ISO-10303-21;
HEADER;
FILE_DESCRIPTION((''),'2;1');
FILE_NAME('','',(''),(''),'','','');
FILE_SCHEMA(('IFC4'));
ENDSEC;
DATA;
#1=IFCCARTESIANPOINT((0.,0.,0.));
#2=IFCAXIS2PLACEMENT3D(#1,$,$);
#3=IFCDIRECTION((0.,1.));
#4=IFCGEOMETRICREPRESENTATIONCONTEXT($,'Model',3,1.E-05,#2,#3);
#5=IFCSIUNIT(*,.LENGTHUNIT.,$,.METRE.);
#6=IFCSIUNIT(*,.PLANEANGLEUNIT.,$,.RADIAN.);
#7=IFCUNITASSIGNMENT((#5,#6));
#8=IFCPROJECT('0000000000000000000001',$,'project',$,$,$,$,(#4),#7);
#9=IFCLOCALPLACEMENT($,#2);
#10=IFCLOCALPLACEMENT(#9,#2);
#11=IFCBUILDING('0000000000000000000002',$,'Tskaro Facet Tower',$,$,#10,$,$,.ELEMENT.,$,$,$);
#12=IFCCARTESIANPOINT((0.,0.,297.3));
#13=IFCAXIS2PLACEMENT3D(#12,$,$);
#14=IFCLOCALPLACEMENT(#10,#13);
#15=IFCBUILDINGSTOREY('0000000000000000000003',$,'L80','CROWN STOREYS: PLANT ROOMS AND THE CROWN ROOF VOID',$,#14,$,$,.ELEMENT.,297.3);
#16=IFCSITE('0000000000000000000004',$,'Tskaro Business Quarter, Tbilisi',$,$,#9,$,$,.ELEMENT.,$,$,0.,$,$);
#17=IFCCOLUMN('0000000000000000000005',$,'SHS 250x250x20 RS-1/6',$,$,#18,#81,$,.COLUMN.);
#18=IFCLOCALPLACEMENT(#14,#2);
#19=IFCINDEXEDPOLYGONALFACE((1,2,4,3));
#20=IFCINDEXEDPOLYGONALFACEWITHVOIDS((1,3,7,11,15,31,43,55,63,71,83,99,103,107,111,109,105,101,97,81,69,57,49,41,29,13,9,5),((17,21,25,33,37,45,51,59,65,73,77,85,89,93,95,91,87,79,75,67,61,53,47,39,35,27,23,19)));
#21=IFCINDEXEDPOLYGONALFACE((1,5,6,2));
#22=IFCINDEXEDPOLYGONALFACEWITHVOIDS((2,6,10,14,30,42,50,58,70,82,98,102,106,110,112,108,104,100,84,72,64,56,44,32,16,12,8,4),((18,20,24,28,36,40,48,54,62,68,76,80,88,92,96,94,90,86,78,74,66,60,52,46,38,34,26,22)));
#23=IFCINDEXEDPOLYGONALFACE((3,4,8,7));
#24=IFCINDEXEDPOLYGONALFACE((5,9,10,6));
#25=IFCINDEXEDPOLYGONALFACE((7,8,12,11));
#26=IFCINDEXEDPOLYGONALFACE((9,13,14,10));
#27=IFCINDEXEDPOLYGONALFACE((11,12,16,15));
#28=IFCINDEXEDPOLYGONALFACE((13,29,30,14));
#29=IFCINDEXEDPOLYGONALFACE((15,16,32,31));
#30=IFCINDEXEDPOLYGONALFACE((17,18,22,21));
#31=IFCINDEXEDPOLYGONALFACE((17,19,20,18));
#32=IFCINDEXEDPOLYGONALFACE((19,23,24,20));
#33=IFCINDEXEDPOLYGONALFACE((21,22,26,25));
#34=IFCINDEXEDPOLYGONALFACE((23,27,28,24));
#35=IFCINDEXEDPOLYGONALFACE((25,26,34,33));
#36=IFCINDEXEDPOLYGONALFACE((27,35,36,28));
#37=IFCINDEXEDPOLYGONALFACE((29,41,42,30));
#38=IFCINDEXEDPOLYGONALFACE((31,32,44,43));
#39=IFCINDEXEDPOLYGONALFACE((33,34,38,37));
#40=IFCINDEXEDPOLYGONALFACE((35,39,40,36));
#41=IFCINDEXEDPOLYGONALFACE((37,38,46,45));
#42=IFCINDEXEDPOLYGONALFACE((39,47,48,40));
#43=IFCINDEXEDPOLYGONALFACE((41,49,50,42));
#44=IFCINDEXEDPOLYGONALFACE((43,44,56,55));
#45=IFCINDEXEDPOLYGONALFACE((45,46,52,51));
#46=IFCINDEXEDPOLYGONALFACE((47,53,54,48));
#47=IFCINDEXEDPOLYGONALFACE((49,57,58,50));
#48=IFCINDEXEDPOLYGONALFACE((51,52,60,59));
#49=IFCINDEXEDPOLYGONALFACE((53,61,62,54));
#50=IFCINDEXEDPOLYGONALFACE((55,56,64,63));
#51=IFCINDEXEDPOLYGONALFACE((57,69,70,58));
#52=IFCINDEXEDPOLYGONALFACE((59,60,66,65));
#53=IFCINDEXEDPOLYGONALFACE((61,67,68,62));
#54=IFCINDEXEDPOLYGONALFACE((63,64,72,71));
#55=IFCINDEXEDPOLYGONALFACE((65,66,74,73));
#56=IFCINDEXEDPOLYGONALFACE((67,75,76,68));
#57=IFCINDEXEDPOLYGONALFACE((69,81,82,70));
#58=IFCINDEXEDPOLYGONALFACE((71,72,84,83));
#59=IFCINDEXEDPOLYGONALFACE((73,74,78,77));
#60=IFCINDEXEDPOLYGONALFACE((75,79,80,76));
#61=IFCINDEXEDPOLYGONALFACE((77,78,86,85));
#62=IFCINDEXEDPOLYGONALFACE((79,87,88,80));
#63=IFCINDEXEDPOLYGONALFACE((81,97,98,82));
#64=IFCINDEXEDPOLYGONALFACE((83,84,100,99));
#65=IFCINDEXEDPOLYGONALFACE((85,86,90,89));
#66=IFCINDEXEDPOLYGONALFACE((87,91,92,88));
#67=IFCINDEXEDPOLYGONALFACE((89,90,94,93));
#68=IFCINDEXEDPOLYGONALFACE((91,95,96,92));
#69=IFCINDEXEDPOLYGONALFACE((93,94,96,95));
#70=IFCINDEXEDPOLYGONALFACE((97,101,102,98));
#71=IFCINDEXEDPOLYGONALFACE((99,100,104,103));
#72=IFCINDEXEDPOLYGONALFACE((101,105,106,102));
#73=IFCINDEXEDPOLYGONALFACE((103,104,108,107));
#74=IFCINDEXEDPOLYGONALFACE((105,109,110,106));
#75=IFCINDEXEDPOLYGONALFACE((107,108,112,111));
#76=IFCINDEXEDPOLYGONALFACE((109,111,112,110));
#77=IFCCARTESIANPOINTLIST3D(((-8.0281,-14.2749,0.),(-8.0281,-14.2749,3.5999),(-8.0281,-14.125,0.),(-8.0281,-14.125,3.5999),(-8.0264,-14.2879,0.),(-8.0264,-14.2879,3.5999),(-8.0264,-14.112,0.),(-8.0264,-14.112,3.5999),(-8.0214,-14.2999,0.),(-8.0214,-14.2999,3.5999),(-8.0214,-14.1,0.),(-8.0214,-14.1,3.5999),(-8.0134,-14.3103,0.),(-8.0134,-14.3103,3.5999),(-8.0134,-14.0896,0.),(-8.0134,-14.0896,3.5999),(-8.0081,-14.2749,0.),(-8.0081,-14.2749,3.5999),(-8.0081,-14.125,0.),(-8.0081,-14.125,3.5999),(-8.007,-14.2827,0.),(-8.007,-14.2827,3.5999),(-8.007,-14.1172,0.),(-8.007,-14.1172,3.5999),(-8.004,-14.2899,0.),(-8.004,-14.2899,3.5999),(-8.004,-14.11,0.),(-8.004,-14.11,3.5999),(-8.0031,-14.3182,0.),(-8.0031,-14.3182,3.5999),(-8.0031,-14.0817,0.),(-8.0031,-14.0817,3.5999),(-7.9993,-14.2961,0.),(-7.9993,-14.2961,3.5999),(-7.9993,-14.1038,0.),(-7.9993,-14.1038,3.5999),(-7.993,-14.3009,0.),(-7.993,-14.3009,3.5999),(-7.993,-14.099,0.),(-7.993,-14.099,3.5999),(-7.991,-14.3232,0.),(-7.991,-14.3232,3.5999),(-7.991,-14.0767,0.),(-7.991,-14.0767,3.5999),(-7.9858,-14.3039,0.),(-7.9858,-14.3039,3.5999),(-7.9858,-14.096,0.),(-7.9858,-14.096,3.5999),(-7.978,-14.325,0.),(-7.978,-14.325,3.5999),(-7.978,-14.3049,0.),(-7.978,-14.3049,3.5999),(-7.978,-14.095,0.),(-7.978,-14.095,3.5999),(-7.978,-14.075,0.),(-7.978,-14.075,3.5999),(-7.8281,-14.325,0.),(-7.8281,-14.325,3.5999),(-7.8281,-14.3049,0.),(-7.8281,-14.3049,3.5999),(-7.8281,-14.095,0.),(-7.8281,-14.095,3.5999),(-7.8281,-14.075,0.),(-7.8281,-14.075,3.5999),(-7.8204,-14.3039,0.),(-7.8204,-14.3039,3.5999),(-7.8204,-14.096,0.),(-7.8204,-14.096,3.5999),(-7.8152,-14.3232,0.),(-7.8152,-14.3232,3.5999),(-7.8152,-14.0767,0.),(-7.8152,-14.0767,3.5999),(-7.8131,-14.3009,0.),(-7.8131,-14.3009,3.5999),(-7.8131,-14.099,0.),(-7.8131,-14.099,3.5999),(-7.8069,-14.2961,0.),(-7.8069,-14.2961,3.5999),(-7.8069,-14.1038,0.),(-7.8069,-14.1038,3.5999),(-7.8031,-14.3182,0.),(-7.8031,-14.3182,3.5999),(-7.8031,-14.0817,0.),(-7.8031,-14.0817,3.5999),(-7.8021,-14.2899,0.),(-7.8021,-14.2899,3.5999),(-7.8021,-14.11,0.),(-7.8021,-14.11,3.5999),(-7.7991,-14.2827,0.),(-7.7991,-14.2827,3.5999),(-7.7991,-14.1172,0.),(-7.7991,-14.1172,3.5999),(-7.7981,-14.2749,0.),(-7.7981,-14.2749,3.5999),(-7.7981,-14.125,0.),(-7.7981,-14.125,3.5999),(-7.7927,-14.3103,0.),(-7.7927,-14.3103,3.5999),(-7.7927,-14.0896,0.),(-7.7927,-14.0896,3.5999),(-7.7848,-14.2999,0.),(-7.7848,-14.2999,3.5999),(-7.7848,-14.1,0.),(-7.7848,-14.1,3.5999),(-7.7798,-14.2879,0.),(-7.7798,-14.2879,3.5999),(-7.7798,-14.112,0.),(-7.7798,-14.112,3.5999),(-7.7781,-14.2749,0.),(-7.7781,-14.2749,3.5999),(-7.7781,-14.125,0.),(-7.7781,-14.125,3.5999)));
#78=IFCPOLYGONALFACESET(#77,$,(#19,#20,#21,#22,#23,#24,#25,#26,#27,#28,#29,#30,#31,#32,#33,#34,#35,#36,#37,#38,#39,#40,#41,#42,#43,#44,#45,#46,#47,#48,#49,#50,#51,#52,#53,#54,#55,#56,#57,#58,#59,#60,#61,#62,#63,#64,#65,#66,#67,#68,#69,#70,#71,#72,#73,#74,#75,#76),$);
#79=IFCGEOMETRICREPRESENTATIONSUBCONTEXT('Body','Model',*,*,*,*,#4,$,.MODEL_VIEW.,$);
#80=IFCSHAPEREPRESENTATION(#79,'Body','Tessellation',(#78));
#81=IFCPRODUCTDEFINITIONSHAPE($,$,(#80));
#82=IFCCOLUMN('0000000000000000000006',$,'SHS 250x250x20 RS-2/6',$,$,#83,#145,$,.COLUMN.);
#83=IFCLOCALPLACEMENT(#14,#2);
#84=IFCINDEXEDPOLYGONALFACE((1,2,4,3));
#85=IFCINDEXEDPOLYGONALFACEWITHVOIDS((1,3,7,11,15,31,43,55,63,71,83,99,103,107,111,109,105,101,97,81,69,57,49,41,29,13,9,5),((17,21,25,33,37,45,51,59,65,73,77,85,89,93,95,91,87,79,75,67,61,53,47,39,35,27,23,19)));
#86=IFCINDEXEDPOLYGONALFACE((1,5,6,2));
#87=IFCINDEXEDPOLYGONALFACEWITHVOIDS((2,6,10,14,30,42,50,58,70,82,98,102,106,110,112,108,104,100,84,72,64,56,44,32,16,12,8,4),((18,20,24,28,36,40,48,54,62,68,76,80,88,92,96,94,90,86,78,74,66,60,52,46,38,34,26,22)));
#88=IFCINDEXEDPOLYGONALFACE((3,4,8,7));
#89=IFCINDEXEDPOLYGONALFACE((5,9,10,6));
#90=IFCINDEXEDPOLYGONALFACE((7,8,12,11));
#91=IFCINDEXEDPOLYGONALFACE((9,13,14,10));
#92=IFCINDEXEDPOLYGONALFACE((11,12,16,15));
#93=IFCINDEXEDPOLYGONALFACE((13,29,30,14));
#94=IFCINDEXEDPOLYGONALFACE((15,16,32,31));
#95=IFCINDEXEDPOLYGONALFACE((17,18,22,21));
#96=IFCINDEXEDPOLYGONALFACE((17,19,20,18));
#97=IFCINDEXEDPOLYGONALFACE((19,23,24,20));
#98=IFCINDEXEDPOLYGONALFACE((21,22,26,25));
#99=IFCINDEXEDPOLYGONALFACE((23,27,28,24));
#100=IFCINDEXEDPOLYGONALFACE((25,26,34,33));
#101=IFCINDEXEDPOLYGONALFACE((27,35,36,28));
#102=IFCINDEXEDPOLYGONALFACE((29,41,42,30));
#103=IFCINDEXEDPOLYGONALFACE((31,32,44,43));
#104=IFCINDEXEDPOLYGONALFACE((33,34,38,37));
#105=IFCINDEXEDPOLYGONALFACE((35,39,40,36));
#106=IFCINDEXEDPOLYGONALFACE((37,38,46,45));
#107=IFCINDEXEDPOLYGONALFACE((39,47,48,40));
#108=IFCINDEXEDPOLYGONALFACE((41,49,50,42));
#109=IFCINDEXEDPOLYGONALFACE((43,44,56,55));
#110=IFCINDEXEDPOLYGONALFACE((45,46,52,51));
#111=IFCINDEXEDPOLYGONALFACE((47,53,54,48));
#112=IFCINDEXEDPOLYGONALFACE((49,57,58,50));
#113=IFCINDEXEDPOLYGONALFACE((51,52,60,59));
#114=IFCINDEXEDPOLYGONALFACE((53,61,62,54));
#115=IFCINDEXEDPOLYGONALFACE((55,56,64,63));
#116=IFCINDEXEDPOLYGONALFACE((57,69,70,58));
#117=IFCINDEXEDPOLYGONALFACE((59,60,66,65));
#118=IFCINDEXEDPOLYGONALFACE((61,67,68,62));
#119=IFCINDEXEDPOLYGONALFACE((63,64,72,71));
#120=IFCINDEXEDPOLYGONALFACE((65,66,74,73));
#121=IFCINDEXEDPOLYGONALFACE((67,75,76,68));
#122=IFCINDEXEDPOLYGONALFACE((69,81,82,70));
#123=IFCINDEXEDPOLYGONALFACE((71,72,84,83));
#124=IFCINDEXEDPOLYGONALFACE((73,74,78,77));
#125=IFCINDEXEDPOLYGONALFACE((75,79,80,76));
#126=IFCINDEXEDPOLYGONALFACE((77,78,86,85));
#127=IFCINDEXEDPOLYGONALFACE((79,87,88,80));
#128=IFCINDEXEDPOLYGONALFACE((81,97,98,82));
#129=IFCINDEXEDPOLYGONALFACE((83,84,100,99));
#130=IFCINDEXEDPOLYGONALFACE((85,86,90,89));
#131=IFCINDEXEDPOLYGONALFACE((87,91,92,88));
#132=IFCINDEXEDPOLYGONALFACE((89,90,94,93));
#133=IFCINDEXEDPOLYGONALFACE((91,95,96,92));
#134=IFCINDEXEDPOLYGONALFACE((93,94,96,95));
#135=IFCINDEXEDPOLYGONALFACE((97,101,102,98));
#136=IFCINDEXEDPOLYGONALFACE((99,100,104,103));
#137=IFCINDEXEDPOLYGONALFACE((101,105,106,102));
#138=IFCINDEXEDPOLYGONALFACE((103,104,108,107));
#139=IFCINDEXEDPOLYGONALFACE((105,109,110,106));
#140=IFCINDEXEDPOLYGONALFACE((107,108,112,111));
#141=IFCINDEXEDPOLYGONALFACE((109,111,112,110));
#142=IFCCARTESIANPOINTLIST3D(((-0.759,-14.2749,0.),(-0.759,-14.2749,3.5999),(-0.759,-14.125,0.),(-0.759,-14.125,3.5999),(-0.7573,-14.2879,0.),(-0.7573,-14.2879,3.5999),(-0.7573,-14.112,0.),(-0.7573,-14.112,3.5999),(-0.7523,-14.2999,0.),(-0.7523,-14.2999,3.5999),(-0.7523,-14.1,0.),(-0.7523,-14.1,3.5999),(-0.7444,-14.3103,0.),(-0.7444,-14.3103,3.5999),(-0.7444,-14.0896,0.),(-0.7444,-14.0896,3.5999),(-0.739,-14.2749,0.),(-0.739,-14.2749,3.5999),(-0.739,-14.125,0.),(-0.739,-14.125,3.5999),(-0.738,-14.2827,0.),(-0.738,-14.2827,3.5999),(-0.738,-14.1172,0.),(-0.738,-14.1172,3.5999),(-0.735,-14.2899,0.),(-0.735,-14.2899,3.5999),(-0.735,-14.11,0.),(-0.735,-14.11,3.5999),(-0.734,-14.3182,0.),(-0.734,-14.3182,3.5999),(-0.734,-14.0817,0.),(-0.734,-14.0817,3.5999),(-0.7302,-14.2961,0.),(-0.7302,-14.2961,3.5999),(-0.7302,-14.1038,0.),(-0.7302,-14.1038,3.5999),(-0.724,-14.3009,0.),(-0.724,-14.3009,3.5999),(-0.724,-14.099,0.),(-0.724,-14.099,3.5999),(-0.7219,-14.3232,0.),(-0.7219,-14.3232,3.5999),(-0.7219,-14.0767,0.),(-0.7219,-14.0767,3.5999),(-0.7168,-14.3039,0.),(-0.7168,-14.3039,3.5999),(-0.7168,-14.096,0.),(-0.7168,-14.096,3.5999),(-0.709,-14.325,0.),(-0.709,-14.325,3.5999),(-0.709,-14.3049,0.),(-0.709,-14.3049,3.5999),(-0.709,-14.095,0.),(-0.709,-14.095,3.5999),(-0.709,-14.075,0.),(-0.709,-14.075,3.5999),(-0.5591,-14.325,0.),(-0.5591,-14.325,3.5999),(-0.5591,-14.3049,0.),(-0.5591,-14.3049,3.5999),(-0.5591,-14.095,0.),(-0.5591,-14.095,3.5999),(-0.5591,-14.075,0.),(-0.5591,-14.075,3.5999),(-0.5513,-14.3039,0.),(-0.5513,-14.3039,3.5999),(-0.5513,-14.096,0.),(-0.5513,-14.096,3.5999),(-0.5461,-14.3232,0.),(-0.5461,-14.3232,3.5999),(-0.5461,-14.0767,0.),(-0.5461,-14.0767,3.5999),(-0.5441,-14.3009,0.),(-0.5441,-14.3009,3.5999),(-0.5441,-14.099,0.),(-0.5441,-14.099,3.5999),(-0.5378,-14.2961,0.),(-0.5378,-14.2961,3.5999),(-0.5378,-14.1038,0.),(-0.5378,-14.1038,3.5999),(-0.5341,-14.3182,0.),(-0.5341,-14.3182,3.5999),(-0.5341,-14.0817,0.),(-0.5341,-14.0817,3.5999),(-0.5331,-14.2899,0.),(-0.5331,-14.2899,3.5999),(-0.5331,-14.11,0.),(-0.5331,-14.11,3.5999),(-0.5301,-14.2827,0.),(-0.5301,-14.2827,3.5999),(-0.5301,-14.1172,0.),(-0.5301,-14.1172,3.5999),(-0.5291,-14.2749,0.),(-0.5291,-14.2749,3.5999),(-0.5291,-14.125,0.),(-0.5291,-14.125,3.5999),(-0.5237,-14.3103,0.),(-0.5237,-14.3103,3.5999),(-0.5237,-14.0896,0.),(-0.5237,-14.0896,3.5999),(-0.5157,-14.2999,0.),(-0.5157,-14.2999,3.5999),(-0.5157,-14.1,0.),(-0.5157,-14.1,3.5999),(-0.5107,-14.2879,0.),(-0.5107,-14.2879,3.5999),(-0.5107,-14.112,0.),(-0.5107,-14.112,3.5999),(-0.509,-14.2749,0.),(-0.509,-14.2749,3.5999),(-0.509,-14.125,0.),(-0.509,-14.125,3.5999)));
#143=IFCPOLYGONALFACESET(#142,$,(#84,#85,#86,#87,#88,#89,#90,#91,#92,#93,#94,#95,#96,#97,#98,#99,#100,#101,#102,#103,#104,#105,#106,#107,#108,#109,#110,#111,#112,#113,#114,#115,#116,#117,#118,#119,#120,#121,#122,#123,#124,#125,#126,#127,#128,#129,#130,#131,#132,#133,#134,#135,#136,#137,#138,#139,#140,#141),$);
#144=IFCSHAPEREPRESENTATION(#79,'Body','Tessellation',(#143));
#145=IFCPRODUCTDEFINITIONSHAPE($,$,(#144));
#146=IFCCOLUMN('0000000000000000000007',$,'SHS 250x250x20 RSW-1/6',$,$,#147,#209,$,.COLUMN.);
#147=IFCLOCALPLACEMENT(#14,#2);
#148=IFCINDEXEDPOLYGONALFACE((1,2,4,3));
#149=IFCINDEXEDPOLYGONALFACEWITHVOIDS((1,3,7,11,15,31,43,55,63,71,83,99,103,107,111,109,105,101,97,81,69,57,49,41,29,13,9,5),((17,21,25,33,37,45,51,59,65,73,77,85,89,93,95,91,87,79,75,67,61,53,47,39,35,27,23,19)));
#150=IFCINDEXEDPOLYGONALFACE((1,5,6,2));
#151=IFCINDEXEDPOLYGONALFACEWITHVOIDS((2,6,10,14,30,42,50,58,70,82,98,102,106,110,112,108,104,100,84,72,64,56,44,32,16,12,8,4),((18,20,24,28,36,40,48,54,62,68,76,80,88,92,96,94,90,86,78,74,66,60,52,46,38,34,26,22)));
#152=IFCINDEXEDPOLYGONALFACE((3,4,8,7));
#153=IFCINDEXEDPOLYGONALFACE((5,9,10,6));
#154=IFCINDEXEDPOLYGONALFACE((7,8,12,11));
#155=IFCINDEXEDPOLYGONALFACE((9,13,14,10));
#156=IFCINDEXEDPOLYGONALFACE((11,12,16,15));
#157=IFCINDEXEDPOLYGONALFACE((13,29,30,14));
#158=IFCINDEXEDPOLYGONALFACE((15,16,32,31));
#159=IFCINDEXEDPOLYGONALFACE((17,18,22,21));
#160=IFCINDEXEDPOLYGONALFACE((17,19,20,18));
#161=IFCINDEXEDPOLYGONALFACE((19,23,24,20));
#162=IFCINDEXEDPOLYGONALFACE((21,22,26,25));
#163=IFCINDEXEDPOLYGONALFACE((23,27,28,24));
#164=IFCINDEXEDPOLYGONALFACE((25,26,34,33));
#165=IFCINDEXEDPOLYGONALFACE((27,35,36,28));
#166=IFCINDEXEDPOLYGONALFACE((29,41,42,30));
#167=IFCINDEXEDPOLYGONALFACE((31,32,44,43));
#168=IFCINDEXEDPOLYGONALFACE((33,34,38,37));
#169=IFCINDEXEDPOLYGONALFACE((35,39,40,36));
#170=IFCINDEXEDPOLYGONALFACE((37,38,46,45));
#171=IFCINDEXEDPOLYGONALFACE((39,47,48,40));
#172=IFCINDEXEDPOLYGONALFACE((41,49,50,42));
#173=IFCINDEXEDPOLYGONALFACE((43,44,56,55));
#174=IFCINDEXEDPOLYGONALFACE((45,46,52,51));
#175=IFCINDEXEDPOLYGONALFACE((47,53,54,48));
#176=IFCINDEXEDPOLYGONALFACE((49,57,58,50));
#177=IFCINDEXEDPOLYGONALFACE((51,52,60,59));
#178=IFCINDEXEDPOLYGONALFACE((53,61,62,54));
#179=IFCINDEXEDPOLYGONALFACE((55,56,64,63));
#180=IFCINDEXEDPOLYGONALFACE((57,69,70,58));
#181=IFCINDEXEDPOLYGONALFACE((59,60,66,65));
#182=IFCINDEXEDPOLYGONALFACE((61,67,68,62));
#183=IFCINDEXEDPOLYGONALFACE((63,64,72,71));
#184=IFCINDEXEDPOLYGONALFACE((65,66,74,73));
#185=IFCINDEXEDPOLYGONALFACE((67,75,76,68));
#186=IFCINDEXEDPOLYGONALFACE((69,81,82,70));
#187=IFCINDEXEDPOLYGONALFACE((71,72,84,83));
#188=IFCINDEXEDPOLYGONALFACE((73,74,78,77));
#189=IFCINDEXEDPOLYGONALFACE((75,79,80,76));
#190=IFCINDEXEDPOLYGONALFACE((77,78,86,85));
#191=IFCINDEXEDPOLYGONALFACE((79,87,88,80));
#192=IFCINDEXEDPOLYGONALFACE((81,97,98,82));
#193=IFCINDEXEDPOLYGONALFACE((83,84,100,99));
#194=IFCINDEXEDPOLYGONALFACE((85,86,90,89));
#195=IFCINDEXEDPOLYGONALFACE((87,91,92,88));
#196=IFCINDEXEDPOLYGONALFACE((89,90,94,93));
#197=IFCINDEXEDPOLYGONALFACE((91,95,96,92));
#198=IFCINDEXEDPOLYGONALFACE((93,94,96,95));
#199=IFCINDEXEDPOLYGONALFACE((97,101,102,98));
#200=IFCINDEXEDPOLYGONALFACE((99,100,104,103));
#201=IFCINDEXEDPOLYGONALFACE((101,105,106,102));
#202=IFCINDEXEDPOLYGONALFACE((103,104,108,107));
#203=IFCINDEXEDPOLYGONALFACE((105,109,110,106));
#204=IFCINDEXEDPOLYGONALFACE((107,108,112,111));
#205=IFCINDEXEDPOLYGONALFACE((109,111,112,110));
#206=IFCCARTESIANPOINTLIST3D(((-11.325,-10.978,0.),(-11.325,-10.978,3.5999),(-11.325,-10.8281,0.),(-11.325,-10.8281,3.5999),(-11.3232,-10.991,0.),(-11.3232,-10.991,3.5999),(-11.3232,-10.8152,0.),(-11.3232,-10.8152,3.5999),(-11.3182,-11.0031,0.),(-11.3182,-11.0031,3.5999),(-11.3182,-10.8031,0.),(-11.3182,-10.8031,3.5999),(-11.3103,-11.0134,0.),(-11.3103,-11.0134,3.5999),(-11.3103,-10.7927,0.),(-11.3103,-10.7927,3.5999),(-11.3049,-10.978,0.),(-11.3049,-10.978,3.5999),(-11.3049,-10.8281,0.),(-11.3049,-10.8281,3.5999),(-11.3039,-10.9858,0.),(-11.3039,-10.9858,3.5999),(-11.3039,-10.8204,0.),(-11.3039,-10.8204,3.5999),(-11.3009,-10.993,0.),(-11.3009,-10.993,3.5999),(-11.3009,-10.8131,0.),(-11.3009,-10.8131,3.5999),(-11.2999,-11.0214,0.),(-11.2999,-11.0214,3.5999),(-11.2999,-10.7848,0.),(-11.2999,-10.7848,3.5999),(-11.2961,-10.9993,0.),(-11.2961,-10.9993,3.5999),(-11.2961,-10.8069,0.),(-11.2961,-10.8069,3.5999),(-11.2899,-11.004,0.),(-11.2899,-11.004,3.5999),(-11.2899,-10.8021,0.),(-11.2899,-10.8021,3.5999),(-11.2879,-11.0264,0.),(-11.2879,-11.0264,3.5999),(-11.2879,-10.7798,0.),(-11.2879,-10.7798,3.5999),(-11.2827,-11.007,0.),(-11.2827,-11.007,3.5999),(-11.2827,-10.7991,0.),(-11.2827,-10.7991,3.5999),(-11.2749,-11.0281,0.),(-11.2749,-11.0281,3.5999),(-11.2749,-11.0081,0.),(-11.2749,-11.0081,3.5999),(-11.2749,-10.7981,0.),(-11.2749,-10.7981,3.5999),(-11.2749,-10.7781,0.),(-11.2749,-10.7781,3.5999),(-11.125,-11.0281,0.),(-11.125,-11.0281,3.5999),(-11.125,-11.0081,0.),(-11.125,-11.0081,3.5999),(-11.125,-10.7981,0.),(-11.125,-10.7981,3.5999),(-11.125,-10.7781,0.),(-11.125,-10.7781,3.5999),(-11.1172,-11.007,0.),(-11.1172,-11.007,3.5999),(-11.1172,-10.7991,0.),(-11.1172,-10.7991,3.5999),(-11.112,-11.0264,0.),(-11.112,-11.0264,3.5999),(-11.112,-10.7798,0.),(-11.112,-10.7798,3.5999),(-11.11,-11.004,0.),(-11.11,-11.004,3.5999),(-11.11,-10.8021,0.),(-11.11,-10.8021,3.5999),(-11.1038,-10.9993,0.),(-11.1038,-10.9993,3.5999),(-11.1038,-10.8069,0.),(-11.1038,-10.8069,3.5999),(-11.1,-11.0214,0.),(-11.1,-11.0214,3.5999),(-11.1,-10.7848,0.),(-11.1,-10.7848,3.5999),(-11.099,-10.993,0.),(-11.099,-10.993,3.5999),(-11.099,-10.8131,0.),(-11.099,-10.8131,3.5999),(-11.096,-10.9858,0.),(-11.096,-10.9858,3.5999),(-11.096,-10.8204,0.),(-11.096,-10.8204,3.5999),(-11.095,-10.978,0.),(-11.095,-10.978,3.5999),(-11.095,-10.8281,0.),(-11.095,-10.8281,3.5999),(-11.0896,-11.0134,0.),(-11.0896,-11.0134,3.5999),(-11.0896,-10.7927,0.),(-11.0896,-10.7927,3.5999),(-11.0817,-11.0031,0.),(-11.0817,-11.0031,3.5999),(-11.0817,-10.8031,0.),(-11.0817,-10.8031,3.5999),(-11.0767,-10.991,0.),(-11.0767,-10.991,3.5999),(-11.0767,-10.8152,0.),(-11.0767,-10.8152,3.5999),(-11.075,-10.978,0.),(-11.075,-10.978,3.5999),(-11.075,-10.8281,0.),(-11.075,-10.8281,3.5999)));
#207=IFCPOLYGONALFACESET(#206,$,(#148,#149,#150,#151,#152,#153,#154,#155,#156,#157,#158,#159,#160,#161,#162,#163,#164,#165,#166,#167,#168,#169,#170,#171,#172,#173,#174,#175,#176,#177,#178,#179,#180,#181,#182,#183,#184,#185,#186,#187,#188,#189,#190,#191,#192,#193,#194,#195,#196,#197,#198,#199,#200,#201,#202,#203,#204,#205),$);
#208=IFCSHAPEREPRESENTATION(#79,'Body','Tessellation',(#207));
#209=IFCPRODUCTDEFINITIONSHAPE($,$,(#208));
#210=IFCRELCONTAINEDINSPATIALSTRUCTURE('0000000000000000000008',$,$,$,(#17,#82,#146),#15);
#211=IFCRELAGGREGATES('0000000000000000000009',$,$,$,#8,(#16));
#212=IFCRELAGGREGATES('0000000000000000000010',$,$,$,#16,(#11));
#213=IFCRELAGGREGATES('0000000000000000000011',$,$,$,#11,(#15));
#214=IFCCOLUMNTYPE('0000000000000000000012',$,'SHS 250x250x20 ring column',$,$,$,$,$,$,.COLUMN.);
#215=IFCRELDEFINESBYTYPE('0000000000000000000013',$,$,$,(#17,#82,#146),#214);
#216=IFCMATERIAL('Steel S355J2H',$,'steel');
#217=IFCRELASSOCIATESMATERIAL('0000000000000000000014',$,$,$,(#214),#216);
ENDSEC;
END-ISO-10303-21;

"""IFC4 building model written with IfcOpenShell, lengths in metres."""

from ifc_helpers import new_model, si_unit, direction, frame, origin, origin_2d, place, context, subcontext, project, spatial, hollow_rectangle, extrude, material, material_profile, profile_set, type_object, element, save


model = new_model("IFC4")

# Units and contexts
model_context = context("Model", 3, precision=1e-05, world=origin(), true_north=direction((0.0, 1.0)))
body_context = subcontext(model_context, "Body", "Model", "MODEL_VIEW")
ifc_project = project(units=[si_unit("LENGTHUNIT", "METRE"), si_unit("PLANEANGLEUNIT", "RADIAN")], contexts=[model_context])

# Site, building, storey
site_placement = place(None, origin())
site = spatial("IfcSite", under=ifc_project, at=site_placement, Name="Tskaro Business Quarter, Tbilisi", CompositionType="ELEMENT", RefElevation=0.0)
building_placement = place(site_placement, origin())
building = spatial("IfcBuilding", under=site, at=building_placement, Name="Tskaro Facet Tower", CompositionType="ELEMENT")
storey_placement = place(building_placement, frame((0.0, 0.0, 297.3)))
storey = spatial("IfcBuildingStorey", under=building, at=storey_placement, Name="L80", Description="CROWN STOREYS: PLANT ROOMS AND THE CROWN ROOF VOID", CompositionType="ELEMENT", Elevation=297.3)

# Columns
ifc_material_1 = material(Name="Steel S355J2H", Category="steel")
ifc_material_profile_1 = material_profile(ifc_material_1, hollow_rectangle(XDim=0.25, YDim=0.25, WallThickness=0.02, InnerFilletRadius=0.03, OuterFilletRadius=0.05, at=origin_2d()), Name="SHS 250x250x20")
ifc_profile_set_1 = profile_set([ifc_material_profile_1], Name="Steel S355J2H")
column_type = type_object("IfcColumnType", Name="SHS 250x250x20 ring column", PredefinedType="COLUMN", material=ifc_profile_set_1)
for number, where, z_axis, x_axis, name in (
    (1, (-7.9031, -14.2, 0.0), (0.0, 0.0, 1.0), (1.0, 0.0, 0.0), "SHS 250x250x20 RS-1/6"),
    (2, (-0.634, -14.2, 0.0), (0.0, 0.0, 1.0), (1.0, 0.0, 0.0), "SHS 250x250x20 RS-2/6"),
    (3, (-11.2, -10.9031, 0.0), (0.0, 0.0, 1.0), (1.0, 0.0, 0.0), "SHS 250x250x20 RSW-1/6"),
):
    element("IfcColumn", number, at=place(storey_placement, frame(where, z_axis=z_axis, x_axis=x_axis)), inside=storey, type_object=column_type, Name=name, PredefinedType="COLUMN", context=body_context, shape_type="SweptSolid", body=[
        extrude(hollow_rectangle(XDim=0.25, YDim=0.25, WallThickness=0.02, InnerFilletRadius=0.03, OuterFilletRadius=0.05, at=origin_2d()), origin(), (0.0, 0.0, 1.0), 3.5999),
    ])

save(model, "model.ifc")
